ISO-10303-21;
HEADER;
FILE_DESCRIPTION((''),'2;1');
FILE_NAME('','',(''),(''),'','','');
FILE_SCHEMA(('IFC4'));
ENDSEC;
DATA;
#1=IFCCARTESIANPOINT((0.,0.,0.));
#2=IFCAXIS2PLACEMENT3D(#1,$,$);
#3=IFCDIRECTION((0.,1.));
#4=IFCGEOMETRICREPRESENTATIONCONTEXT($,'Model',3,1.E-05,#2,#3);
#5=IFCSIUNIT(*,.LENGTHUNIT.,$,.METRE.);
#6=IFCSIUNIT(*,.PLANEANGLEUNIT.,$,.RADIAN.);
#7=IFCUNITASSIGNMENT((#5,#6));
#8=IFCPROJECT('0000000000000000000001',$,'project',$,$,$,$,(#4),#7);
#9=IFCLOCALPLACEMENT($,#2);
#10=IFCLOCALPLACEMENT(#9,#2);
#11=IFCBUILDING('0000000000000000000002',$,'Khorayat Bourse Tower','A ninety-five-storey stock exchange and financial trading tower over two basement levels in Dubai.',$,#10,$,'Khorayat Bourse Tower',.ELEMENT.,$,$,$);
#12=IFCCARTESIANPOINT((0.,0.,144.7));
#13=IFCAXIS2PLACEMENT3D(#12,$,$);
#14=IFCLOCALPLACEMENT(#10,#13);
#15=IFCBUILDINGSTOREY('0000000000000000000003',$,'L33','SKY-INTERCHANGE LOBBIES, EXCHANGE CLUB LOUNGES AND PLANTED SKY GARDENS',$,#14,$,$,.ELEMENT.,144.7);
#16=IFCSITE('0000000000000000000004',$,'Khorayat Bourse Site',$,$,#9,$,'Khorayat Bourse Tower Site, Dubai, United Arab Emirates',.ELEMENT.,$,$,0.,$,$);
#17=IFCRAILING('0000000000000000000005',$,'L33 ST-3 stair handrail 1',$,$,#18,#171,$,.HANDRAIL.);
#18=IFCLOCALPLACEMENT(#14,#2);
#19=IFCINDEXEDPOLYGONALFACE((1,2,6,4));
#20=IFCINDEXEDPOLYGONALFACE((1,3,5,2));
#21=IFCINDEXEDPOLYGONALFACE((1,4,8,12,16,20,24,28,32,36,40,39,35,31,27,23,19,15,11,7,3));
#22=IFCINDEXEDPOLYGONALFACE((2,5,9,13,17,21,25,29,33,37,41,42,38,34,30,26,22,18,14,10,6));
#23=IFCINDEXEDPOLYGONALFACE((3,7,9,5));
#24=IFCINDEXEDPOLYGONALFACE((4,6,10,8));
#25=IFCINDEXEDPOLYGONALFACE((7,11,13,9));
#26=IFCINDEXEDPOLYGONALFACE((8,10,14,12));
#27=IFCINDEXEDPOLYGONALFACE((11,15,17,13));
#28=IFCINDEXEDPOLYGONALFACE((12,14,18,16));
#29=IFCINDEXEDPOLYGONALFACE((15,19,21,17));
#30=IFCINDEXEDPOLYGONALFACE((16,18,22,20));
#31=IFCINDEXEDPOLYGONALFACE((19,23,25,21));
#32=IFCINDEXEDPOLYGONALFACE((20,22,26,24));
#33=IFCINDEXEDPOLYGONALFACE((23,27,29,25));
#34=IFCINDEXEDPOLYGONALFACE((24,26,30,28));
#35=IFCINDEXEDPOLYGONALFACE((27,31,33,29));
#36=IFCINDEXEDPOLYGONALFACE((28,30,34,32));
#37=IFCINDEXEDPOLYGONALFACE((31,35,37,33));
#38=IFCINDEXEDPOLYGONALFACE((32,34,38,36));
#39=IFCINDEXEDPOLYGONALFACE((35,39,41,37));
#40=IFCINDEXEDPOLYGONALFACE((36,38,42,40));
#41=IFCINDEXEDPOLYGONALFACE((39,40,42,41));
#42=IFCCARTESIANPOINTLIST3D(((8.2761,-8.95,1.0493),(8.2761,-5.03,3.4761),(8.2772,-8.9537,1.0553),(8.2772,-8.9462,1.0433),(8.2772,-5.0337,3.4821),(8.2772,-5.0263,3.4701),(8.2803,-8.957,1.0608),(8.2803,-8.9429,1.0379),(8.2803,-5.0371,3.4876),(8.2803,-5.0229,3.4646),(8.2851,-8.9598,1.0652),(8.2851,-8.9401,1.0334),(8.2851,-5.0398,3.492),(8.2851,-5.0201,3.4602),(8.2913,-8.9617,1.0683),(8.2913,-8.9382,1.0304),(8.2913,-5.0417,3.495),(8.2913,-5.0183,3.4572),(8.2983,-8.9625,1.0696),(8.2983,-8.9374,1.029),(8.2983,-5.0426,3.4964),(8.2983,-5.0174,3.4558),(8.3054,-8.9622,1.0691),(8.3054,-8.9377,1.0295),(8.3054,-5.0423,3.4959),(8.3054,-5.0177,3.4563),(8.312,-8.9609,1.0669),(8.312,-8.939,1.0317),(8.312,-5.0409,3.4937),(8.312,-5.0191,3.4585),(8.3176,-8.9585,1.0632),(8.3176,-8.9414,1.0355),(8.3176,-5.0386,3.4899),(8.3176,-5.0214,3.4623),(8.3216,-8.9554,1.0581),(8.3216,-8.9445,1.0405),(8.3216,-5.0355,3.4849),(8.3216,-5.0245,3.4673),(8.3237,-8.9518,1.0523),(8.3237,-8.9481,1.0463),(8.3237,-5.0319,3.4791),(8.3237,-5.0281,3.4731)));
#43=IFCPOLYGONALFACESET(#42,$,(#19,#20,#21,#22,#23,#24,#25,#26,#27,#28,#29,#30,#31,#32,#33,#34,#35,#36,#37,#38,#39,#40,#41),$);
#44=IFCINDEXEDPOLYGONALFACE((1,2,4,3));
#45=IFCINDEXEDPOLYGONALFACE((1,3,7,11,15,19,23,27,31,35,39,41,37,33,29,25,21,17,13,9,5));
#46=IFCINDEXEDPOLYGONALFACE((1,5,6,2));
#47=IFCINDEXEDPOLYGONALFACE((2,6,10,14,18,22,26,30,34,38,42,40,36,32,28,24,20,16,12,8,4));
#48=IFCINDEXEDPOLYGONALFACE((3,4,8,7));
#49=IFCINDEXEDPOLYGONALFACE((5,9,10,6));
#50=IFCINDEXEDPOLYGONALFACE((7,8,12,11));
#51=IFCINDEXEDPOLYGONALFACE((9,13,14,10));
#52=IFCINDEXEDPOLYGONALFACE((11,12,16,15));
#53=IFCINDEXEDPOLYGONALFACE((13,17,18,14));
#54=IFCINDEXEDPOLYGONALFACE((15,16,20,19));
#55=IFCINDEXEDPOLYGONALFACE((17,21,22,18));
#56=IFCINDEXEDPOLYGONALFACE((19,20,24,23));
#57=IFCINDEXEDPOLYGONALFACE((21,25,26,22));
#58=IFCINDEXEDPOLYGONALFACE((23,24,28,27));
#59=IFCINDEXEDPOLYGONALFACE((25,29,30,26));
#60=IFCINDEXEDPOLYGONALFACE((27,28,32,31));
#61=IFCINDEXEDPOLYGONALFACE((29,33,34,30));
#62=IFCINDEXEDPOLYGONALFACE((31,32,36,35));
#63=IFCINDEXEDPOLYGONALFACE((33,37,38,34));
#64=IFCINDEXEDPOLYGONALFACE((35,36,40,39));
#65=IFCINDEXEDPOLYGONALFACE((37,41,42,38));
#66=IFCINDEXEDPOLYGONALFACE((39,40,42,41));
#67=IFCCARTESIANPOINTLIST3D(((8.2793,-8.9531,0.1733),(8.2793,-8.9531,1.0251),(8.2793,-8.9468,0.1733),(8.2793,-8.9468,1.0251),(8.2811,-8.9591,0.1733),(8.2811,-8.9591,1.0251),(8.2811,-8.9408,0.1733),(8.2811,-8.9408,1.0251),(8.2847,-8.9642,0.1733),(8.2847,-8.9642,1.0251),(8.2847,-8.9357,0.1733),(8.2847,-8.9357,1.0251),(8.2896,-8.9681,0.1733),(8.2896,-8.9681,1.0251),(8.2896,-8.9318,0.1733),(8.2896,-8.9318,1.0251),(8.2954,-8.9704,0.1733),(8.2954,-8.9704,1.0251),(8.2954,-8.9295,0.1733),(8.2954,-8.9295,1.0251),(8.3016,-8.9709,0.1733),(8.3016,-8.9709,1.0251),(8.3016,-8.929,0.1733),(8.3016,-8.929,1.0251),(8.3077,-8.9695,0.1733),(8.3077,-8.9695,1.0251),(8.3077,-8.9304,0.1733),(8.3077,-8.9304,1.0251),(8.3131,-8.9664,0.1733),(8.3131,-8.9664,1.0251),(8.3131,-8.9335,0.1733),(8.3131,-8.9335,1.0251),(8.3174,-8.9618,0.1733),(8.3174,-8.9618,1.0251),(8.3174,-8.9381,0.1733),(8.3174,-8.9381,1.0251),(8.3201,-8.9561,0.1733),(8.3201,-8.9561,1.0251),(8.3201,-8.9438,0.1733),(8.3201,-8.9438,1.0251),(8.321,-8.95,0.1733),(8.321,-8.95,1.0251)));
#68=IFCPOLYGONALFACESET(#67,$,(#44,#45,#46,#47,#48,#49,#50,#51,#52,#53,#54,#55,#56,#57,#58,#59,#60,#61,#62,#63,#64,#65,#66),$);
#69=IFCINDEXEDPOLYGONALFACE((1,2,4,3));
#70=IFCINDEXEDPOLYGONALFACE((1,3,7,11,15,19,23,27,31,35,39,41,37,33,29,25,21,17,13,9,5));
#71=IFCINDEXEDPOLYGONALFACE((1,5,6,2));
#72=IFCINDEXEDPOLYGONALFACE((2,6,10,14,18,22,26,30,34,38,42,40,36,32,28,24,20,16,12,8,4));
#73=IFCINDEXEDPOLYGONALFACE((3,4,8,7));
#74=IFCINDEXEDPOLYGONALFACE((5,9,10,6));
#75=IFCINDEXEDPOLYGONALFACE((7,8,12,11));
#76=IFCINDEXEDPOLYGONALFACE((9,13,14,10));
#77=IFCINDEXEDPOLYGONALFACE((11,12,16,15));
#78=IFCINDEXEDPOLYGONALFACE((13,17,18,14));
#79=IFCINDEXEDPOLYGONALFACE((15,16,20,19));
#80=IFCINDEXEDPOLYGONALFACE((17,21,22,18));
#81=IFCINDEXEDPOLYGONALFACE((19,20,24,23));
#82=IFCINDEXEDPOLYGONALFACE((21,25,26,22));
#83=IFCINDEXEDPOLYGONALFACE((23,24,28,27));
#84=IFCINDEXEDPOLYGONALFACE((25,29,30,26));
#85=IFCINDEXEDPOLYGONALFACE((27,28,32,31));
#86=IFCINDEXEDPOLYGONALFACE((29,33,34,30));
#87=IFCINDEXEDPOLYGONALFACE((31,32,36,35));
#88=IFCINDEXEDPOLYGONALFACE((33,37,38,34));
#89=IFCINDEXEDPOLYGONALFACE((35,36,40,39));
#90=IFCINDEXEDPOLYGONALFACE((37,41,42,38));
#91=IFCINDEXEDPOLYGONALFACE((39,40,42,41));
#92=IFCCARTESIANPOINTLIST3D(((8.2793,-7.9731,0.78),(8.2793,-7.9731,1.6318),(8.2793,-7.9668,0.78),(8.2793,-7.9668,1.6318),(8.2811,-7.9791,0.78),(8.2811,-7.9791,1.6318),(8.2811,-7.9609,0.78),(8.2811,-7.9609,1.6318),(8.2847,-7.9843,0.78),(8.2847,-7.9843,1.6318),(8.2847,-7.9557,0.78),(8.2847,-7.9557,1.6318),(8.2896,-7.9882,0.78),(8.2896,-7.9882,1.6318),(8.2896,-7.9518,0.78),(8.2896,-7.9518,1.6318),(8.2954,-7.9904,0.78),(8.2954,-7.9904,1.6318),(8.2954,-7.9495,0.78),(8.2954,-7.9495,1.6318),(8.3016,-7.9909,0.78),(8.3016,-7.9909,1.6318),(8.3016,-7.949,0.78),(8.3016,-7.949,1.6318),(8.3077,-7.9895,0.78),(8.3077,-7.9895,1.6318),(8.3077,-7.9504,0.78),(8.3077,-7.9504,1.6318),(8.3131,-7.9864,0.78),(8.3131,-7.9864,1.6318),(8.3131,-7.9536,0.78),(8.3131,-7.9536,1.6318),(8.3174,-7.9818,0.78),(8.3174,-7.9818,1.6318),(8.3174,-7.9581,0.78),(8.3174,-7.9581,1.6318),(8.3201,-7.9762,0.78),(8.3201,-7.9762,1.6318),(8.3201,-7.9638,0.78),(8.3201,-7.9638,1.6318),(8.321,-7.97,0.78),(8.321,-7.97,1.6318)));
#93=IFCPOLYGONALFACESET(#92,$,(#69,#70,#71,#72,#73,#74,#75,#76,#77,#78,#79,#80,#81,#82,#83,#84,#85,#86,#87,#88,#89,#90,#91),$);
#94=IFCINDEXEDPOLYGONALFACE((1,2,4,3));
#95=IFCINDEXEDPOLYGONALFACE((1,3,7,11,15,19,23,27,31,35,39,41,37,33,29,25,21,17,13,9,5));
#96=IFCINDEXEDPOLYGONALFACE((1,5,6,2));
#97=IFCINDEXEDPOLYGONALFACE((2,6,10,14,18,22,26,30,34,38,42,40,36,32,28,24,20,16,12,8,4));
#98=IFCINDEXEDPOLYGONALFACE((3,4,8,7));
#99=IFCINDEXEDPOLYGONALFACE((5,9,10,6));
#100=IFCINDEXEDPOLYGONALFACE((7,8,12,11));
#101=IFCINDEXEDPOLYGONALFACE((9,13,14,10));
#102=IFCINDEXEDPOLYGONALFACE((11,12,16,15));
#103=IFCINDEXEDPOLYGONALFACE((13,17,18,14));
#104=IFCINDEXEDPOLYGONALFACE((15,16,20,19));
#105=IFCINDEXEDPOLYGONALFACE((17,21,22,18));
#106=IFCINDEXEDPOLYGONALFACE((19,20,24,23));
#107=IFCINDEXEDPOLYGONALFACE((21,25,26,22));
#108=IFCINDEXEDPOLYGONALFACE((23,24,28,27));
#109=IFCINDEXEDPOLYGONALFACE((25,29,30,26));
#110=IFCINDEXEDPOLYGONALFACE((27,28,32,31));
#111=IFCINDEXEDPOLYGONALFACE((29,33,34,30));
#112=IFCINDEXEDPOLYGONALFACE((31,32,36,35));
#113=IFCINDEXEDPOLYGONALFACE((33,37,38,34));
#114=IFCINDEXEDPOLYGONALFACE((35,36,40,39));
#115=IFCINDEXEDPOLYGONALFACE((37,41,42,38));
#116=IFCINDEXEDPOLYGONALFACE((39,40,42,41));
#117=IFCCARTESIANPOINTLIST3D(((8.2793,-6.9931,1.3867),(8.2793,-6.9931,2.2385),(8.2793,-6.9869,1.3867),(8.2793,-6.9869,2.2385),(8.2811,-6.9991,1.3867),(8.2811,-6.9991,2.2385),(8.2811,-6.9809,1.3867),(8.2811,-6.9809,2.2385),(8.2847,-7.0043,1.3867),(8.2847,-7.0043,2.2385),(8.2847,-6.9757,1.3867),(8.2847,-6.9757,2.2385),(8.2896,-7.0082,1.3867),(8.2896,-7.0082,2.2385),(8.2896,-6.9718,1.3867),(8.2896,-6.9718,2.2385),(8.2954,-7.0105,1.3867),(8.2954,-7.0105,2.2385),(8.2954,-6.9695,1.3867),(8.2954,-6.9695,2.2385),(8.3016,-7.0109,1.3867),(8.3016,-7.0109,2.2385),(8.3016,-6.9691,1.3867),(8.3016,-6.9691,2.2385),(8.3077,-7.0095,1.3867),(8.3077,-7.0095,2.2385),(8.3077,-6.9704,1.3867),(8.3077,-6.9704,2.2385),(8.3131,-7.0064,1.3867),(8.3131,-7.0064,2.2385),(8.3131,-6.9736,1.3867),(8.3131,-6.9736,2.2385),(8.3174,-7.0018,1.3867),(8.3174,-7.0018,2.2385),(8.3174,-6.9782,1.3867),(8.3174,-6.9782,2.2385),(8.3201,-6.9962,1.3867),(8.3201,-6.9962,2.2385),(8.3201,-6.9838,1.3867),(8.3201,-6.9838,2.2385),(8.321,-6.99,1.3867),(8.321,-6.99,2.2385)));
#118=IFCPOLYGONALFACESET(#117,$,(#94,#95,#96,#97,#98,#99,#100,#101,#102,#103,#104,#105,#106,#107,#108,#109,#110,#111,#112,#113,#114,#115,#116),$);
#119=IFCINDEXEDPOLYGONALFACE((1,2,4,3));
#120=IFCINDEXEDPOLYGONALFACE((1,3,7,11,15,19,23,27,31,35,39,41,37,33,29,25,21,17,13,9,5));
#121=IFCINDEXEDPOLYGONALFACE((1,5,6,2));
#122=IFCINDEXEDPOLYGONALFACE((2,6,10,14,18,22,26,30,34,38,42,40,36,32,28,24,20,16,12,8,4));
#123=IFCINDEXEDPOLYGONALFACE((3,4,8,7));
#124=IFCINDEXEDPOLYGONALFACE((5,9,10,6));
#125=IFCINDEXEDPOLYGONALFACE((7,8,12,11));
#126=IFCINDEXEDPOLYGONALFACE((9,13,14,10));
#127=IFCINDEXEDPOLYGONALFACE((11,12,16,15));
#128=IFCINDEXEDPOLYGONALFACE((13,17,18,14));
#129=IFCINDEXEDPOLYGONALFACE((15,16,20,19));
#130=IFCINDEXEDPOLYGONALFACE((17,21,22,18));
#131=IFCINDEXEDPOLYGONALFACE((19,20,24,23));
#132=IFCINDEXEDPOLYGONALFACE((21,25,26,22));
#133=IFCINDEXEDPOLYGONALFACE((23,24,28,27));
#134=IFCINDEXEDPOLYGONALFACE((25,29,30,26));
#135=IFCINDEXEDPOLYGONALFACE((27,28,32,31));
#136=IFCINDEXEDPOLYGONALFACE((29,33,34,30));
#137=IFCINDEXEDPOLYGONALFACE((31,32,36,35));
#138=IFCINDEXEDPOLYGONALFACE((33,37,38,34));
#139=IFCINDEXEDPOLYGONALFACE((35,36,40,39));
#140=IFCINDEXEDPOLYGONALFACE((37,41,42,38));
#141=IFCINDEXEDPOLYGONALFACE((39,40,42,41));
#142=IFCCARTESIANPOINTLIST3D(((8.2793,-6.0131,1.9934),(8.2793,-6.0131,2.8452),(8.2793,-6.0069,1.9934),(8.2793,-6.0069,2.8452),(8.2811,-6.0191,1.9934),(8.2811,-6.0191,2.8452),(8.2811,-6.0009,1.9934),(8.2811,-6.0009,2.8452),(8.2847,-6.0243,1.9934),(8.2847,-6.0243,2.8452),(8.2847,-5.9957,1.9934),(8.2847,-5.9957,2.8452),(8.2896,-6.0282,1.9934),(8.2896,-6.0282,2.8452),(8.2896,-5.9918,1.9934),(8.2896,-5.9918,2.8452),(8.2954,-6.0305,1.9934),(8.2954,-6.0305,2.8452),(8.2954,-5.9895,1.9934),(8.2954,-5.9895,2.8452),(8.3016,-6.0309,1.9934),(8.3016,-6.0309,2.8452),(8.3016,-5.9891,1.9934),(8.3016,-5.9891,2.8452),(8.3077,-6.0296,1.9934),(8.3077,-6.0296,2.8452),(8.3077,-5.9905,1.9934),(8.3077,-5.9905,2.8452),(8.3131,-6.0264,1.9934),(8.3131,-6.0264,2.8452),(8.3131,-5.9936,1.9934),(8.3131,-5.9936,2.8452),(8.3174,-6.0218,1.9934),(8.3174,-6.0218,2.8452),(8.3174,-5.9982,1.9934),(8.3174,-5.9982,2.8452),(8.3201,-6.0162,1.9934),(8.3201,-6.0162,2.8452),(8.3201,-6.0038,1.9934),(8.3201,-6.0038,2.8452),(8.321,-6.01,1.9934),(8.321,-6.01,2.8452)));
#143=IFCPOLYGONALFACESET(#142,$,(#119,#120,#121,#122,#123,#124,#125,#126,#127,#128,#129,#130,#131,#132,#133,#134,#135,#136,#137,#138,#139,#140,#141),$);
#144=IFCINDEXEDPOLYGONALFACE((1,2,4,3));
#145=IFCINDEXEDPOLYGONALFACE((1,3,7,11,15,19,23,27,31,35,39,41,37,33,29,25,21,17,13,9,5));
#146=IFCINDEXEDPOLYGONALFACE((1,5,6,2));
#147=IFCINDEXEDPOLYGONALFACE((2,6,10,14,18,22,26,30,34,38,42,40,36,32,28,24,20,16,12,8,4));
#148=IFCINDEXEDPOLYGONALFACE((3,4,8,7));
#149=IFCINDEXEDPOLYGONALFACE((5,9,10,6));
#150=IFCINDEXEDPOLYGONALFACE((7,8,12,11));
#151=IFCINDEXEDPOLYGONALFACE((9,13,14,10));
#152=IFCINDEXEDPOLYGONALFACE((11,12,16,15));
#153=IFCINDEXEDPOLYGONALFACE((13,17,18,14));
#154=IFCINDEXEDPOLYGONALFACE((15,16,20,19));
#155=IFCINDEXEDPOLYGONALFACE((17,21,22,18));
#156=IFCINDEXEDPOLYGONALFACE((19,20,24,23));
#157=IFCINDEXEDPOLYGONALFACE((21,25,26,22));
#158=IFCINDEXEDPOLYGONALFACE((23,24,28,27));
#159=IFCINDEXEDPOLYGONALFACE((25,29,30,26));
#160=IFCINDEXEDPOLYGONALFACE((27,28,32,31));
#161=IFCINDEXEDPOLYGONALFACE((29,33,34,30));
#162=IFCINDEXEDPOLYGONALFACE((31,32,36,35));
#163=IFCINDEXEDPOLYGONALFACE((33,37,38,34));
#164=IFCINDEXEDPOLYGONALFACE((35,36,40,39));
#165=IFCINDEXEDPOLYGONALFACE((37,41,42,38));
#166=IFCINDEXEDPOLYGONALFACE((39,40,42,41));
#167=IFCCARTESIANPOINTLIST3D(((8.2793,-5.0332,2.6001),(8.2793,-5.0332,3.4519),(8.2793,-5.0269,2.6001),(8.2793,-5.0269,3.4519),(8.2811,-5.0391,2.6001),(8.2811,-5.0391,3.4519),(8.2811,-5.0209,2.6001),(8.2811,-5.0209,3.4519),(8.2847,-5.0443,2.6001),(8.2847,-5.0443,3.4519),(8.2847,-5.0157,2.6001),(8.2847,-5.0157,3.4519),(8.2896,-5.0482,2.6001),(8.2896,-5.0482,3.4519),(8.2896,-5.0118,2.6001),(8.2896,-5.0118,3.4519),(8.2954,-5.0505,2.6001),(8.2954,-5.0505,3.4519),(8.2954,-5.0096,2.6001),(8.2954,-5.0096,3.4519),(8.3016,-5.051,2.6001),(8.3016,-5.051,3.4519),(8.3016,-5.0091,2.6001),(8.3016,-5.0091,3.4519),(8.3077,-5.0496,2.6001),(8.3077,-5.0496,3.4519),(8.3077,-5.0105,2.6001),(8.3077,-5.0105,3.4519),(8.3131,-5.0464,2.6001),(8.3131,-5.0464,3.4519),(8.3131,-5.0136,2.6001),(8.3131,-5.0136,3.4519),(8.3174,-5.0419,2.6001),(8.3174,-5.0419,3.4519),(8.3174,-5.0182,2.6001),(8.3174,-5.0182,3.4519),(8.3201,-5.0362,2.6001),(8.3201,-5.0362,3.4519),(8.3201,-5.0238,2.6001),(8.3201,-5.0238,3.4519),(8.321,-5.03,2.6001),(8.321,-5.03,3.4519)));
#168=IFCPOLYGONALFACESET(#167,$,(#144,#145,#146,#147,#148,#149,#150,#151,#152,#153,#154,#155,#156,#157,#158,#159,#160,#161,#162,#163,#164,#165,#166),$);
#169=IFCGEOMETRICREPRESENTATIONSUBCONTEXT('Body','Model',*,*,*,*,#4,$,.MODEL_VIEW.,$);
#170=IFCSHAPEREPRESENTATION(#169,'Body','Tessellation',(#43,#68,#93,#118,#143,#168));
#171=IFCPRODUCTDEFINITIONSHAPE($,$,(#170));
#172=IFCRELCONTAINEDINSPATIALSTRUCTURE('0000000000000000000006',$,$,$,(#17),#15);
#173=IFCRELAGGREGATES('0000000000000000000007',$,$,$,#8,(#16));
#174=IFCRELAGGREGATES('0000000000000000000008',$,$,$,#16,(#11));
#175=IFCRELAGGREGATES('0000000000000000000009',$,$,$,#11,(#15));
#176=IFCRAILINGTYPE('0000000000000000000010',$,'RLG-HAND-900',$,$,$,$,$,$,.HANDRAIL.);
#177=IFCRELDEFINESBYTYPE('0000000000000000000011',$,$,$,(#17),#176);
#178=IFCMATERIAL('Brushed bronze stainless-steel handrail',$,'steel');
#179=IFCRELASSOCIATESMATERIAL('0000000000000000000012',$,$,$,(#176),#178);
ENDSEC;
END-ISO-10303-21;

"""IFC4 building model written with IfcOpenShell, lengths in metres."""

from ifc_helpers import new_model, si_unit, direction, frame, origin, origin_2d, place, context, subcontext, project, spatial, circle, extrude, source, transform, mapped, material, type_object, element, save


model = new_model("IFC4")

# Units and contexts
model_context = context("Model", 3, precision=1e-05, world=origin(), true_north=direction((0.0, 1.0)))
body_context = subcontext(model_context, "Body", "Model", "MODEL_VIEW")
ifc_project = project(units=[si_unit("LENGTHUNIT", "METRE"), si_unit("PLANEANGLEUNIT", "RADIAN")], contexts=[model_context])

# Site, building, storey
site_placement = place(None, origin())
site = spatial("IfcSite", under=ifc_project, at=site_placement, Name="Khorayat Bourse Site", LongName="Khorayat Bourse Tower Site, Dubai, United Arab Emirates", CompositionType="ELEMENT", RefElevation=0.0)
building_placement = place(site_placement, origin())
building = spatial("IfcBuilding", under=site, at=building_placement, Name="Khorayat Bourse Tower", Description="A ninety-five-storey stock exchange and financial trading tower over two basement levels in Dubai.", LongName="Khorayat Bourse Tower", CompositionType="ELEMENT")
storey_placement = place(building_placement, frame((0.0, 0.0, 144.7)))
storey = spatial("IfcBuildingStorey", under=building, at=storey_placement, Name="L33", Description="SKY-INTERCHANGE LOBBIES, EXCHANGE CLUB LOUNGES AND PLANTED SKY GARDENS", CompositionType="ELEMENT", Elevation=144.7)

# Railing
ifc_material_1 = material(Name="Brushed bronze stainless-steel handrail", Category="steel")
railing_type_1 = type_object("IfcRailingType", Name="RLG-HAND-900", PredefinedType="HANDRAIL", material=ifc_material_1)
shared_shape_1 = source(origin(), body_context, "Body", "SweptSolid", [
    extrude(circle(Radius=0.0239, at=origin_2d()), frame((0.0, 0.0, 0.876), z_axis=(0.0, 0.850252, 0.526376), x_axis=(-1.0, 0.0, 0.0)), (0.0, 0.0, 1.0), 4.6104),
    extrude(circle(Radius=0.021, at=origin_2d()), origin(), (0.0, 0.0, 1.0), 0.8518),
    extrude(circle(Radius=0.021, at=origin_2d()), frame((0.0, 0.98, 0.6067)), (0.0, 0.0, 1.0), 0.8518),
    extrude(circle(Radius=0.021, at=origin_2d()), frame((0.0, 1.96, 1.2134)), (0.0, 0.0, 1.0), 0.8518),
    extrude(circle(Radius=0.021, at=origin_2d()), frame((0.0, 2.9399, 1.8201)), (0.0, 0.0, 1.0), 0.8518),
    extrude(circle(Radius=0.021, at=origin_2d()), frame((0.0, 3.9199, 2.4268)), (0.0, 0.0, 1.0), 0.8518),
])
railing_1_placement = place(storey_placement, frame((8.3, -8.95, 0.1733)))
element("IfcRailing", 1, at=railing_1_placement, inside=storey, type_object=railing_type_1, Name="L33 ST-3 stair handrail 1", PredefinedType="HANDRAIL", context=body_context, shape_type="MappedRepresentation", body=[
    mapped(shared_shape_1, transform((0.0, 0.0, 0.0), scale=1.0)),
])

save(model, "model.ifc")
